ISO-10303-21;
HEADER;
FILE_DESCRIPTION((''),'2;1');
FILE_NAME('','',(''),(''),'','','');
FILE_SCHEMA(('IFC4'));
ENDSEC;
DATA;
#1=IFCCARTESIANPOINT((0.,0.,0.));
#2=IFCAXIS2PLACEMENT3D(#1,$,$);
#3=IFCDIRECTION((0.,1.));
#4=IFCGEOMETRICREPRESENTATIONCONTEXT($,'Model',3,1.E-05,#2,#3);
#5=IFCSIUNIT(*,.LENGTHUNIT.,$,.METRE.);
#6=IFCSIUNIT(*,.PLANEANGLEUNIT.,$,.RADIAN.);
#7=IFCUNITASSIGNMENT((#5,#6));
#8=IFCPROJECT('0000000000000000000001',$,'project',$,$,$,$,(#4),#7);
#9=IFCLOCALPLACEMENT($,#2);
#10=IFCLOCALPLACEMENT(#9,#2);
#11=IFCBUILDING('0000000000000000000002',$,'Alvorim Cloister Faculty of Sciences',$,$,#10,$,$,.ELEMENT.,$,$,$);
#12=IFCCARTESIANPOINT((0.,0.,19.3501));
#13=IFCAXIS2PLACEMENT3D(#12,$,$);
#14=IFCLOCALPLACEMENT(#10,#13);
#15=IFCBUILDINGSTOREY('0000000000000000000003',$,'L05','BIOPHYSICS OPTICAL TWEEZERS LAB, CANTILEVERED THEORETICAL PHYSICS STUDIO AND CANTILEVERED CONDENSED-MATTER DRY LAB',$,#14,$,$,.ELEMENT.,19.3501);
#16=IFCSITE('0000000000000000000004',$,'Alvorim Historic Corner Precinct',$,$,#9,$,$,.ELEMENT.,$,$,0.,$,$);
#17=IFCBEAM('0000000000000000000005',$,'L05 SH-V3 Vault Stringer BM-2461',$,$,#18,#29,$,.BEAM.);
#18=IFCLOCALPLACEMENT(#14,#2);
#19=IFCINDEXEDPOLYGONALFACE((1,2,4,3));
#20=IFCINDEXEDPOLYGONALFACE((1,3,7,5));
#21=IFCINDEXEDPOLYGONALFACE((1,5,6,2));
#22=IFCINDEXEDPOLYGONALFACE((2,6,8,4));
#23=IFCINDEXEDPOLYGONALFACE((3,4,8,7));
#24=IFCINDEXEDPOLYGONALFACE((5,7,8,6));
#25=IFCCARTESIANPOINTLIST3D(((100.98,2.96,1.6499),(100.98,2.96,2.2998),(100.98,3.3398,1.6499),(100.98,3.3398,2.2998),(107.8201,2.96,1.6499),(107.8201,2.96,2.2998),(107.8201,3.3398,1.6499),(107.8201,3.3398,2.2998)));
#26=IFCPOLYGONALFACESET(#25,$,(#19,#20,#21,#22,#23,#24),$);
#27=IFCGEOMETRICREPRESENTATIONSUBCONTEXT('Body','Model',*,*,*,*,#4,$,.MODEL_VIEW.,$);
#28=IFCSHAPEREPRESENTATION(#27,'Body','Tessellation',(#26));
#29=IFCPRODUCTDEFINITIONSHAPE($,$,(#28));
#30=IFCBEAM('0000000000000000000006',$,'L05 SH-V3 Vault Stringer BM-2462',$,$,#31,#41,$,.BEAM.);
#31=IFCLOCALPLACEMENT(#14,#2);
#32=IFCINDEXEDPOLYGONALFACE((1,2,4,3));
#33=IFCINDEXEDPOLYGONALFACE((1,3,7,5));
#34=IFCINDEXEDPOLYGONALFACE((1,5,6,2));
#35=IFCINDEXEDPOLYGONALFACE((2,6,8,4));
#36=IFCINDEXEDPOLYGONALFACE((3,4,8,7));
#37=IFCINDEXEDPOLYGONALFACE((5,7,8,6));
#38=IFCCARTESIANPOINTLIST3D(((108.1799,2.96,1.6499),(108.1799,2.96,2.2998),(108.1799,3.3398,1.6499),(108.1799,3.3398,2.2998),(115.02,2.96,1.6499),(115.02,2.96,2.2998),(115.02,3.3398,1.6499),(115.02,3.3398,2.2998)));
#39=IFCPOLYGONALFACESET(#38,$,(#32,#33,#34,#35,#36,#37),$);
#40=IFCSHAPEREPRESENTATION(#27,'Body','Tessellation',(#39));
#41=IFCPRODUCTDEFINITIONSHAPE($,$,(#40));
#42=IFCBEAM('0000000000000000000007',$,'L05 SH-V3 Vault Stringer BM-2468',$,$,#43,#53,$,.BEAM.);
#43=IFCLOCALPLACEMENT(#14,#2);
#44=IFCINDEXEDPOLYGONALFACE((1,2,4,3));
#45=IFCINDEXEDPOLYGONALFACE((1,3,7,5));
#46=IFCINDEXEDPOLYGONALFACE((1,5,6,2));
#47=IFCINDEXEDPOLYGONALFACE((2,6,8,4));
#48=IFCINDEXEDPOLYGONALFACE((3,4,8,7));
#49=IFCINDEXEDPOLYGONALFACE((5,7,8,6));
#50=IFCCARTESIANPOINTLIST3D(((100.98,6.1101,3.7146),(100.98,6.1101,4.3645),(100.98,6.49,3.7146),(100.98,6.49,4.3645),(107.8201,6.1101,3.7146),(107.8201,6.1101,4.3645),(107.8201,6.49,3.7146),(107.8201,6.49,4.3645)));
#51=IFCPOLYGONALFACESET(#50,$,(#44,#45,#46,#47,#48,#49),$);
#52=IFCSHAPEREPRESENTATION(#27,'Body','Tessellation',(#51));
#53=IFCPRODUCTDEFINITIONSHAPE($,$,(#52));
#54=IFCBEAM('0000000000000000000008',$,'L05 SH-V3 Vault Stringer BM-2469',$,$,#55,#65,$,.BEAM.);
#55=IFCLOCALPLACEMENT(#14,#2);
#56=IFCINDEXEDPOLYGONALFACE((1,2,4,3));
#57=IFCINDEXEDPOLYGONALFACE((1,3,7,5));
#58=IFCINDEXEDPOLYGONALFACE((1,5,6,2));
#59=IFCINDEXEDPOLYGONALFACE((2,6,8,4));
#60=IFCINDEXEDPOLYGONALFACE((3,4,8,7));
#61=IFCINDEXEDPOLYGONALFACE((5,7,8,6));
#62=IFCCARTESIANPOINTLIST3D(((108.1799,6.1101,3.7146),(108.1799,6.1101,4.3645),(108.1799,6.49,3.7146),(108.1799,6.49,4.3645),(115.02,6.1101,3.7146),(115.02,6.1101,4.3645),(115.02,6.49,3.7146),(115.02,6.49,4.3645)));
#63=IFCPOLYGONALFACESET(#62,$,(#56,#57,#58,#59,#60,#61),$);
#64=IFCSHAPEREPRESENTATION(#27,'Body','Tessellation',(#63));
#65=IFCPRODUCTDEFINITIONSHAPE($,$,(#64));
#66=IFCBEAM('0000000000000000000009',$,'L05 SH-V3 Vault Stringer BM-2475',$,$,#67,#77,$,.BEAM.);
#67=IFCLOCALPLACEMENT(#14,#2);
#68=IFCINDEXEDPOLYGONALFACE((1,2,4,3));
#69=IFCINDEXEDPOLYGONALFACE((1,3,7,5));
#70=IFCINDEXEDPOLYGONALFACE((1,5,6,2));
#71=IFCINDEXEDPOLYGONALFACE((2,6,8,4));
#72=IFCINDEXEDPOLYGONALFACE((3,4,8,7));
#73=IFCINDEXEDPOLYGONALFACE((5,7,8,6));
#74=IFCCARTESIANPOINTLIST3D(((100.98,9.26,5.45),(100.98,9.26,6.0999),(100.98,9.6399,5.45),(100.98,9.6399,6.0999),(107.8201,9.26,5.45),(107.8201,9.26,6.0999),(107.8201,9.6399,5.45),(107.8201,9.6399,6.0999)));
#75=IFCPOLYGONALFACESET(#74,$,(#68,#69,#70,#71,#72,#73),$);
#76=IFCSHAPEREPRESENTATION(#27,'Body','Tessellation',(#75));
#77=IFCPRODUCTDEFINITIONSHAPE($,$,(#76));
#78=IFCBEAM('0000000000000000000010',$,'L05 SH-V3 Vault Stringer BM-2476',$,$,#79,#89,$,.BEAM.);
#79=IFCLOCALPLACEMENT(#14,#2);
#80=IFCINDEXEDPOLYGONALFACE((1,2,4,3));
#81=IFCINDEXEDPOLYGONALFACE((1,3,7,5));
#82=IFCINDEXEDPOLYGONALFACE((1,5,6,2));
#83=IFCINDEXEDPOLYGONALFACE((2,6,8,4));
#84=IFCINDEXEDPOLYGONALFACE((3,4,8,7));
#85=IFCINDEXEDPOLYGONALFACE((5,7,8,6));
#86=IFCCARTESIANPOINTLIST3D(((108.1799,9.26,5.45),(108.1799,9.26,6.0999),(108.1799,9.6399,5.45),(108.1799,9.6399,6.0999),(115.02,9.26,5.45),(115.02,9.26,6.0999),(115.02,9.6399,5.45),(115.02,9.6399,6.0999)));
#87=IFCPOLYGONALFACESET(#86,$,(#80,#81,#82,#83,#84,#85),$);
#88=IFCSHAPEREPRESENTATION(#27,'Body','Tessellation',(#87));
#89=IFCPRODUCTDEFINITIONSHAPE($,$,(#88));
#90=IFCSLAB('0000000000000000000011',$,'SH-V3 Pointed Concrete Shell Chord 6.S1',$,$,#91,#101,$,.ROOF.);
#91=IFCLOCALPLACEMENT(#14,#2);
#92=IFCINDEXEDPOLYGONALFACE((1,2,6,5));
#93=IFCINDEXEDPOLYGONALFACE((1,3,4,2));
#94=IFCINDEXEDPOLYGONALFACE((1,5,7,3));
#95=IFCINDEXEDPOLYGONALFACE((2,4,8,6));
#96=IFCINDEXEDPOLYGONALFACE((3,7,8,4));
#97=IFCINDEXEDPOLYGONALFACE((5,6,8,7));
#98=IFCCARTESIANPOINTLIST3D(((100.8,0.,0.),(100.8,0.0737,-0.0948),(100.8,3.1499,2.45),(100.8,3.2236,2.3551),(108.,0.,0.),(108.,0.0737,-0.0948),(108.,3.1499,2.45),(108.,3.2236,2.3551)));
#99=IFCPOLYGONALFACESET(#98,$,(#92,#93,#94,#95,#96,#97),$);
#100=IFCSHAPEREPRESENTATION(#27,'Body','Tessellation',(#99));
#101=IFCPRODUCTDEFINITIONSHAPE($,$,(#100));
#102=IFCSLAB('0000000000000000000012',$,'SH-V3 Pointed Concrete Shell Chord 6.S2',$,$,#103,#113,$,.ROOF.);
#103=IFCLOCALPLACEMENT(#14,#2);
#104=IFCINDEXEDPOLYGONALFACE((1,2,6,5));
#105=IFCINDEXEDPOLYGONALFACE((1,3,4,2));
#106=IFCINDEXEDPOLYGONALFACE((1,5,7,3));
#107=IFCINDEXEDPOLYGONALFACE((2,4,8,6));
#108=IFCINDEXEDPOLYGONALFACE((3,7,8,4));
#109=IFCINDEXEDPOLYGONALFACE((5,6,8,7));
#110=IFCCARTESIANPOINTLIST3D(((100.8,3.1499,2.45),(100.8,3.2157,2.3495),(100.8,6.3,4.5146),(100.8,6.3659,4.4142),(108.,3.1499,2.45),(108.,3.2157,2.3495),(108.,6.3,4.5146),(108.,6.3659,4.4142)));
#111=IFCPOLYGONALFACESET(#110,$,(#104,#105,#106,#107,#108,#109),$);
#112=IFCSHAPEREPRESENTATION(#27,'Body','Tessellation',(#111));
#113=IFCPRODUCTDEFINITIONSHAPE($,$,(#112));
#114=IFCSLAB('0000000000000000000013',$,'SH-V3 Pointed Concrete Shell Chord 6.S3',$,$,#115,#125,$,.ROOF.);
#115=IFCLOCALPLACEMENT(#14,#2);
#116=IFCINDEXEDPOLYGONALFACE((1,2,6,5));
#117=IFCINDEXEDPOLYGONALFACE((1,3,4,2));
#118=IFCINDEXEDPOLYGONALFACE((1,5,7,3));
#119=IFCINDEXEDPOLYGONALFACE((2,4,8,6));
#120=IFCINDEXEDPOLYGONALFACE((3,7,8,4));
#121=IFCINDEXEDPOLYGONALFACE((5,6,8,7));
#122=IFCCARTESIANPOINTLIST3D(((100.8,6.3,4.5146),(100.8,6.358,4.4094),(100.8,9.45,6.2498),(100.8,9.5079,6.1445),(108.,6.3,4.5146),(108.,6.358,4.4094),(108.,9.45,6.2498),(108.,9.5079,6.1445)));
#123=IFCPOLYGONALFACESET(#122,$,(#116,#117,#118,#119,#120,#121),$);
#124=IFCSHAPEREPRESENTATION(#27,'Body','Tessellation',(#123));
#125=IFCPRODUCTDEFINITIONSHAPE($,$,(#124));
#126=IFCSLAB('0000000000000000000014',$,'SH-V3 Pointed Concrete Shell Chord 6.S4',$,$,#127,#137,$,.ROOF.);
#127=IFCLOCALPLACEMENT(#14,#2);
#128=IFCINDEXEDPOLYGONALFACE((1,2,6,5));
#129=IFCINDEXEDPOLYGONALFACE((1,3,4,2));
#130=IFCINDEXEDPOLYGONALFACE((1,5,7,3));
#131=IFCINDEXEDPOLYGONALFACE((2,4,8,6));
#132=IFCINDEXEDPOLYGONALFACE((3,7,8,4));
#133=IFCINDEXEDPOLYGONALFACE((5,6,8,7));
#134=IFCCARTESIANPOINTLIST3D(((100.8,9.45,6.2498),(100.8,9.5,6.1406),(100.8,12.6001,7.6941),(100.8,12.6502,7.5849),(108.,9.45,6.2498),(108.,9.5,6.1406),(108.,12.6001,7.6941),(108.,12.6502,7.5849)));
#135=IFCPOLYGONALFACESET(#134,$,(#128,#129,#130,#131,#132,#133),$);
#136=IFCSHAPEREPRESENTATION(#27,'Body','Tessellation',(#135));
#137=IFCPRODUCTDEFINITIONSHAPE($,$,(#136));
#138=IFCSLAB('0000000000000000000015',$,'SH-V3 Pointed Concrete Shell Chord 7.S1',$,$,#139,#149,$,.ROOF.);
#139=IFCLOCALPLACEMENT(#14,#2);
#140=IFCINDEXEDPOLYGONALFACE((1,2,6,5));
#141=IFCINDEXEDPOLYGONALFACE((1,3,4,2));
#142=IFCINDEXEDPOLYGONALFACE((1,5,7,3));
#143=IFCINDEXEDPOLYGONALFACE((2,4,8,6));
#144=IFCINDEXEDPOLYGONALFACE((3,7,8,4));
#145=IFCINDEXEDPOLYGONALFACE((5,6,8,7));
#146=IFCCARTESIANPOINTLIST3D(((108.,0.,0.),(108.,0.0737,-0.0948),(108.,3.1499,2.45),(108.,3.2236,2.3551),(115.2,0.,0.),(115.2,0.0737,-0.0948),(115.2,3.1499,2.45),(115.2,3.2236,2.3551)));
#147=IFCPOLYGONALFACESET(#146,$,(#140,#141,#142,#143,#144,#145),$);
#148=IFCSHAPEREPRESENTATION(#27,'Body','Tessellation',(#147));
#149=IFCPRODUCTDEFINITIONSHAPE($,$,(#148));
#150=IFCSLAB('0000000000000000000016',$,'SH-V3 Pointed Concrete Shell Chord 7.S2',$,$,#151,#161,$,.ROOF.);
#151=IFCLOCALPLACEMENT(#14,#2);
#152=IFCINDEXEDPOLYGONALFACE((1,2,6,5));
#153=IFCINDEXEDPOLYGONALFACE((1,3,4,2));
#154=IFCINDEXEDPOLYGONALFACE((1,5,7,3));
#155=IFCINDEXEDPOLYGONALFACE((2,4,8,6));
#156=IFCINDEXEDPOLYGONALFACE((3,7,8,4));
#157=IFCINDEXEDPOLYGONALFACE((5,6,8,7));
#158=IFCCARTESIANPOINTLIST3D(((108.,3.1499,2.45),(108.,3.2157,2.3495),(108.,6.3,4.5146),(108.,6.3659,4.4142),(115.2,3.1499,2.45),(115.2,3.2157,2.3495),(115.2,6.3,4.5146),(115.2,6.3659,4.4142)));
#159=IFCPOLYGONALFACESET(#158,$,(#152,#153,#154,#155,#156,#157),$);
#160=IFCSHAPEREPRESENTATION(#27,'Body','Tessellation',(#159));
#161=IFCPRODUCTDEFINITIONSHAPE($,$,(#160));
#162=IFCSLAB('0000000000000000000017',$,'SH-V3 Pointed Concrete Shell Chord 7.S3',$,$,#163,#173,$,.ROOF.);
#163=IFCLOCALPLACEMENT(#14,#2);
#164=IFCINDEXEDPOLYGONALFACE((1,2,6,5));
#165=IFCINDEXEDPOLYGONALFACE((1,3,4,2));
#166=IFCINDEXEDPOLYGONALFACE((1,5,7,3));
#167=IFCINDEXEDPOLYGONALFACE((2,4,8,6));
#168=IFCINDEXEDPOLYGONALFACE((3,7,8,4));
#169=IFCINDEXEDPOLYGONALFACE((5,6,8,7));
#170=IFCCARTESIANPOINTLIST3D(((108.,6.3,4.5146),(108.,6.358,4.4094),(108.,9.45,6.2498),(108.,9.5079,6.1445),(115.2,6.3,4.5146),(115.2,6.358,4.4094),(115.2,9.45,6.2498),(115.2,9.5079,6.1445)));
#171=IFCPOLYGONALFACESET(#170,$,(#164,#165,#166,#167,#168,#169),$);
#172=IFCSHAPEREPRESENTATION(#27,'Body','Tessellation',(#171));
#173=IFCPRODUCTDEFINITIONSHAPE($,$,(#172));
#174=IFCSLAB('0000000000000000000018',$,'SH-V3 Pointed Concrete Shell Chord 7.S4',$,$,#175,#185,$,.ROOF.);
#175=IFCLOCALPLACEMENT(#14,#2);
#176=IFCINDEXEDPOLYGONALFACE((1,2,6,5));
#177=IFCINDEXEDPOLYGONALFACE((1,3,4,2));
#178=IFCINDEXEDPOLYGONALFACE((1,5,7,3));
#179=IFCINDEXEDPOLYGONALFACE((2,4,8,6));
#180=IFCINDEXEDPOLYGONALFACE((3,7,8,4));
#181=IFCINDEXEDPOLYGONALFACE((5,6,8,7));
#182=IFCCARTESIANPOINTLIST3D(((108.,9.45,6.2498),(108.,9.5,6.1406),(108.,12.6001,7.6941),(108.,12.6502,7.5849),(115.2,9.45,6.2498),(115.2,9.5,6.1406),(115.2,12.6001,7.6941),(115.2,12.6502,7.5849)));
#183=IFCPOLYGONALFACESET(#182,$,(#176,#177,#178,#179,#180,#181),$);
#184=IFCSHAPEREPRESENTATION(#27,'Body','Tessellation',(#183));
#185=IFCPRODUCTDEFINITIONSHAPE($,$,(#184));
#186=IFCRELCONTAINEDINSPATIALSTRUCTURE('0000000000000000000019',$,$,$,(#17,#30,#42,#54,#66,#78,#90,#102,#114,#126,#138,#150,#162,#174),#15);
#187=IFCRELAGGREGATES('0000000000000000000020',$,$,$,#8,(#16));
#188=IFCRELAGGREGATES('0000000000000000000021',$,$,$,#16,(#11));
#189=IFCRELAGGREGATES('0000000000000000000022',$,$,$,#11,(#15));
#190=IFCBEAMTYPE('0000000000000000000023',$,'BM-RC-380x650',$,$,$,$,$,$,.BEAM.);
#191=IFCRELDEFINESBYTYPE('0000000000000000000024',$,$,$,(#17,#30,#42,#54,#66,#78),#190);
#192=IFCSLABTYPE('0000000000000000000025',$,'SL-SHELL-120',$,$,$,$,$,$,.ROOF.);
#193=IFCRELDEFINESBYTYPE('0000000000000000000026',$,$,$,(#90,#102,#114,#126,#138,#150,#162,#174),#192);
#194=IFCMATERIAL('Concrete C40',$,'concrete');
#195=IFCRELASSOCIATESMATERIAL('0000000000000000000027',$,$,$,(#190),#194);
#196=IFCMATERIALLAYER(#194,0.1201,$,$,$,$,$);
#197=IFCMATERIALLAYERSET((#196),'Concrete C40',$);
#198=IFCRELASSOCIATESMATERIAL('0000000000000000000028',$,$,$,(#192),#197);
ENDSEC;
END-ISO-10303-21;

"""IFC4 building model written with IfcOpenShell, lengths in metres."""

from ifc_helpers import new_model, si_unit, direction, frame, origin, origin_2d, place, context, subcontext, project, spatial, polyline, rectangle, outline, extrude, material, layer, layer_set, material_profile, profile_set, type_object, element, save


model = new_model("IFC4")

# Units and contexts
model_context = context("Model", 3, precision=1e-05, world=origin(), true_north=direction((0.0, 1.0)))
body_context = subcontext(model_context, "Body", "Model", "MODEL_VIEW")
ifc_project = project(units=[si_unit("LENGTHUNIT", "METRE"), si_unit("PLANEANGLEUNIT", "RADIAN")], contexts=[model_context])

# Site, building, storey
site_placement = place(None, origin())
site = spatial("IfcSite", under=ifc_project, at=site_placement, Name="Alvorim Historic Corner Precinct", CompositionType="ELEMENT", RefElevation=0.0)
building_placement = place(site_placement, origin())
building = spatial("IfcBuilding", under=site, at=building_placement, Name="Alvorim Cloister Faculty of Sciences", CompositionType="ELEMENT")
storey_placement = place(building_placement, frame((0.0, 0.0, 19.3501)))
storey = spatial("IfcBuildingStorey", under=building, at=storey_placement, Name="L05", Description="BIOPHYSICS OPTICAL TWEEZERS LAB, CANTILEVERED THEORETICAL PHYSICS STUDIO AND CANTILEVERED CONDENSED-MATTER DRY LAB", CompositionType="ELEMENT", Elevation=19.3501)

# Beams
ifc_material_1 = material(Name="Concrete C40", Category="concrete")
ifc_material_profile_1 = material_profile(ifc_material_1, rectangle(XDim=0.3799, YDim=0.6499, at=origin_2d()), Name="RC40-BM-380x650")
ifc_profile_set_1 = profile_set([ifc_material_profile_1], Name="Concrete C40")
beam_type_1 = type_object("IfcBeamType", Name="BM-RC-380x650", PredefinedType="BEAM", material=ifc_profile_set_1)
for number, where, z_axis, x_axis, name in (
    (1, (100.98, 3.1499, 1.9749), (1.0, 0.0, 0.0), (0.0, 1.0, 0.0), "L05 SH-V3 Vault Stringer BM-2461"),
    (2, (108.1799, 3.1499, 1.9749), (1.0, 0.0, 0.0), (0.0, 1.0, 0.0), "L05 SH-V3 Vault Stringer BM-2462"),
    (3, (100.98, 6.3, 4.0396), (1.0, 0.0, 0.0), (0.0, 1.0, 0.0), "L05 SH-V3 Vault Stringer BM-2468"),
    (4, (108.1799, 6.3, 4.0396), (1.0, 0.0, 0.0), (0.0, 1.0, 0.0), "L05 SH-V3 Vault Stringer BM-2469"),
    (5, (100.98, 9.45, 5.7749), (1.0, 0.0, 0.0), (0.0, 1.0, 0.0), "L05 SH-V3 Vault Stringer BM-2475"),
    (6, (108.1799, 9.45, 5.7749), (1.0, 0.0, 0.0), (0.0, 1.0, 0.0), "L05 SH-V3 Vault Stringer BM-2476"),
):
    element("IfcBeam", number, at=place(storey_placement, frame(where, z_axis=z_axis, x_axis=x_axis)), inside=storey, type_object=beam_type_1, Name=name, PredefinedType="BEAM", context=body_context, shape_type="SweptSolid", body=[
        extrude(rectangle(XDim=0.3799, YDim=0.6499, at=origin_2d()), origin(), (0.0, 0.0, 1.0), 6.8401),
    ])

# Slabs
ifc_layer_1 = layer(ifc_material_1, 0.1201)
ifc_layer_set_1 = layer_set([ifc_layer_1], Name="Concrete C40")
slab_type = type_object("IfcSlabType", Name="SL-SHELL-120", PredefinedType="ROOF", material=ifc_layer_set_1)
slab_1_placement = place(storey_placement, frame((100.8, 0.0, 0.0), z_axis=(0.0, -0.613945, 0.789349), x_axis=(1.0, 0.0, 0.0)))
element("IfcSlab", 7, at=slab_1_placement, inside=storey, type_object=slab_type, Name="SH-V3 Pointed Concrete Shell Chord 6.S1", PredefinedType="ROOF", context=body_context, shape_type="SweptSolid", body=[
    extrude(outline(polyline([(0.0, 0.0), (7.2, 0.0), (7.2, 3.9905), (0.0, 3.9905), (0.0, 0.0)])), origin(), (0.0, 0.0, -1.0), 0.1201),
])
slab_2_placement = place(storey_placement, frame((100.8, 3.1499, 2.45), z_axis=(0.0, -0.548176, 0.836363), x_axis=(1.0, 0.0, 0.0)))
element("IfcSlab", 8, at=slab_2_placement, inside=storey, type_object=slab_type, Name="SH-V3 Pointed Concrete Shell Chord 6.S2", PredefinedType="ROOF", context=body_context, shape_type="SweptSolid", body=[
    extrude(outline(polyline([(0.0, 0.0), (7.2, 0.0), (7.2, 3.7665), (0.0, 3.7665), (0.0, 0.0)])), origin(), (0.0, 0.0, -1.0), 0.1201),
])
slab_3_placement = place(storey_placement, frame((100.8, 6.3, 4.5146), z_axis=(0.0, -0.482487, 0.875903), x_axis=(1.0, 0.0, 0.0)))
element("IfcSlab", 9, at=slab_3_placement, inside=storey, type_object=slab_type, Name="SH-V3 Pointed Concrete Shell Chord 6.S3", PredefinedType="ROOF", context=body_context, shape_type="SweptSolid", body=[
    extrude(outline(polyline([(0.0, 0.0), (7.2, 0.0), (7.2, 3.5962), (0.0, 3.5962), (0.0, 0.0)])), origin(), (0.0, 0.0, -1.0), 0.1201),
])
slab_4_placement = place(storey_placement, frame((100.8, 9.45, 6.2498), z_axis=(0.0, -0.416778, 0.909008), x_axis=(1.0, 0.0, 0.0)))
element("IfcSlab", 10, at=slab_4_placement, inside=storey, type_object=slab_type, Name="SH-V3 Pointed Concrete Shell Chord 6.S4", PredefinedType="ROOF", context=body_context, shape_type="SweptSolid", body=[
    extrude(outline(polyline([(0.0, 0.0), (7.2, 0.0), (7.2, 3.4655), (0.0, 3.4655), (0.0, 0.0)])), origin(), (0.0, 0.0, -1.0), 0.1201),
])
slab_5_placement = place(storey_placement, frame((108.0, 0.0, 0.0), z_axis=(0.0, -0.613945, 0.789349), x_axis=(1.0, 0.0, 0.0)))
element("IfcSlab", 11, at=slab_5_placement, inside=storey, type_object=slab_type, Name="SH-V3 Pointed Concrete Shell Chord 7.S1", PredefinedType="ROOF", context=body_context, shape_type="SweptSolid", body=[
    extrude(outline(polyline([(0.0, 0.0), (7.2, 0.0), (7.2, 3.9905), (0.0, 3.9905), (0.0, 0.0)])), origin(), (0.0, 0.0, -1.0), 0.1201),
])
slab_6_placement = place(storey_placement, frame((108.0, 3.1499, 2.45), z_axis=(0.0, -0.548176, 0.836363), x_axis=(1.0, 0.0, 0.0)))
element("IfcSlab", 12, at=slab_6_placement, inside=storey, type_object=slab_type, Name="SH-V3 Pointed Concrete Shell Chord 7.S2", PredefinedType="ROOF", context=body_context, shape_type="SweptSolid", body=[
    extrude(outline(polyline([(0.0, 0.0), (7.2, 0.0), (7.2, 3.7665), (0.0, 3.7665), (0.0, 0.0)])), origin(), (0.0, 0.0, -1.0), 0.1201),
])
slab_7_placement = place(storey_placement, frame((108.0, 6.3, 4.5146), z_axis=(0.0, -0.482487, 0.875903), x_axis=(1.0, 0.0, 0.0)))
element("IfcSlab", 13, at=slab_7_placement, inside=storey, type_object=slab_type, Name="SH-V3 Pointed Concrete Shell Chord 7.S3", PredefinedType="ROOF", context=body_context, shape_type="SweptSolid", body=[
    extrude(outline(polyline([(0.0, 0.0), (7.2, 0.0), (7.2, 3.5962), (0.0, 3.5962), (0.0, 0.0)])), origin(), (0.0, 0.0, -1.0), 0.1201),
])
slab_8_placement = place(storey_placement, frame((108.0, 9.45, 6.2498), z_axis=(0.0, -0.416778, 0.909008), x_axis=(1.0, 0.0, 0.0)))
element("IfcSlab", 14, at=slab_8_placement, inside=storey, type_object=slab_type, Name="SH-V3 Pointed Concrete Shell Chord 7.S4", PredefinedType="ROOF", context=body_context, shape_type="SweptSolid", body=[
    extrude(outline(polyline([(0.0, 0.0), (7.2, 0.0), (7.2, 3.4655), (0.0, 3.4655), (0.0, 0.0)])), origin(), (0.0, 0.0, -1.0), 0.1201),
])

save(model, "model.ifc")
